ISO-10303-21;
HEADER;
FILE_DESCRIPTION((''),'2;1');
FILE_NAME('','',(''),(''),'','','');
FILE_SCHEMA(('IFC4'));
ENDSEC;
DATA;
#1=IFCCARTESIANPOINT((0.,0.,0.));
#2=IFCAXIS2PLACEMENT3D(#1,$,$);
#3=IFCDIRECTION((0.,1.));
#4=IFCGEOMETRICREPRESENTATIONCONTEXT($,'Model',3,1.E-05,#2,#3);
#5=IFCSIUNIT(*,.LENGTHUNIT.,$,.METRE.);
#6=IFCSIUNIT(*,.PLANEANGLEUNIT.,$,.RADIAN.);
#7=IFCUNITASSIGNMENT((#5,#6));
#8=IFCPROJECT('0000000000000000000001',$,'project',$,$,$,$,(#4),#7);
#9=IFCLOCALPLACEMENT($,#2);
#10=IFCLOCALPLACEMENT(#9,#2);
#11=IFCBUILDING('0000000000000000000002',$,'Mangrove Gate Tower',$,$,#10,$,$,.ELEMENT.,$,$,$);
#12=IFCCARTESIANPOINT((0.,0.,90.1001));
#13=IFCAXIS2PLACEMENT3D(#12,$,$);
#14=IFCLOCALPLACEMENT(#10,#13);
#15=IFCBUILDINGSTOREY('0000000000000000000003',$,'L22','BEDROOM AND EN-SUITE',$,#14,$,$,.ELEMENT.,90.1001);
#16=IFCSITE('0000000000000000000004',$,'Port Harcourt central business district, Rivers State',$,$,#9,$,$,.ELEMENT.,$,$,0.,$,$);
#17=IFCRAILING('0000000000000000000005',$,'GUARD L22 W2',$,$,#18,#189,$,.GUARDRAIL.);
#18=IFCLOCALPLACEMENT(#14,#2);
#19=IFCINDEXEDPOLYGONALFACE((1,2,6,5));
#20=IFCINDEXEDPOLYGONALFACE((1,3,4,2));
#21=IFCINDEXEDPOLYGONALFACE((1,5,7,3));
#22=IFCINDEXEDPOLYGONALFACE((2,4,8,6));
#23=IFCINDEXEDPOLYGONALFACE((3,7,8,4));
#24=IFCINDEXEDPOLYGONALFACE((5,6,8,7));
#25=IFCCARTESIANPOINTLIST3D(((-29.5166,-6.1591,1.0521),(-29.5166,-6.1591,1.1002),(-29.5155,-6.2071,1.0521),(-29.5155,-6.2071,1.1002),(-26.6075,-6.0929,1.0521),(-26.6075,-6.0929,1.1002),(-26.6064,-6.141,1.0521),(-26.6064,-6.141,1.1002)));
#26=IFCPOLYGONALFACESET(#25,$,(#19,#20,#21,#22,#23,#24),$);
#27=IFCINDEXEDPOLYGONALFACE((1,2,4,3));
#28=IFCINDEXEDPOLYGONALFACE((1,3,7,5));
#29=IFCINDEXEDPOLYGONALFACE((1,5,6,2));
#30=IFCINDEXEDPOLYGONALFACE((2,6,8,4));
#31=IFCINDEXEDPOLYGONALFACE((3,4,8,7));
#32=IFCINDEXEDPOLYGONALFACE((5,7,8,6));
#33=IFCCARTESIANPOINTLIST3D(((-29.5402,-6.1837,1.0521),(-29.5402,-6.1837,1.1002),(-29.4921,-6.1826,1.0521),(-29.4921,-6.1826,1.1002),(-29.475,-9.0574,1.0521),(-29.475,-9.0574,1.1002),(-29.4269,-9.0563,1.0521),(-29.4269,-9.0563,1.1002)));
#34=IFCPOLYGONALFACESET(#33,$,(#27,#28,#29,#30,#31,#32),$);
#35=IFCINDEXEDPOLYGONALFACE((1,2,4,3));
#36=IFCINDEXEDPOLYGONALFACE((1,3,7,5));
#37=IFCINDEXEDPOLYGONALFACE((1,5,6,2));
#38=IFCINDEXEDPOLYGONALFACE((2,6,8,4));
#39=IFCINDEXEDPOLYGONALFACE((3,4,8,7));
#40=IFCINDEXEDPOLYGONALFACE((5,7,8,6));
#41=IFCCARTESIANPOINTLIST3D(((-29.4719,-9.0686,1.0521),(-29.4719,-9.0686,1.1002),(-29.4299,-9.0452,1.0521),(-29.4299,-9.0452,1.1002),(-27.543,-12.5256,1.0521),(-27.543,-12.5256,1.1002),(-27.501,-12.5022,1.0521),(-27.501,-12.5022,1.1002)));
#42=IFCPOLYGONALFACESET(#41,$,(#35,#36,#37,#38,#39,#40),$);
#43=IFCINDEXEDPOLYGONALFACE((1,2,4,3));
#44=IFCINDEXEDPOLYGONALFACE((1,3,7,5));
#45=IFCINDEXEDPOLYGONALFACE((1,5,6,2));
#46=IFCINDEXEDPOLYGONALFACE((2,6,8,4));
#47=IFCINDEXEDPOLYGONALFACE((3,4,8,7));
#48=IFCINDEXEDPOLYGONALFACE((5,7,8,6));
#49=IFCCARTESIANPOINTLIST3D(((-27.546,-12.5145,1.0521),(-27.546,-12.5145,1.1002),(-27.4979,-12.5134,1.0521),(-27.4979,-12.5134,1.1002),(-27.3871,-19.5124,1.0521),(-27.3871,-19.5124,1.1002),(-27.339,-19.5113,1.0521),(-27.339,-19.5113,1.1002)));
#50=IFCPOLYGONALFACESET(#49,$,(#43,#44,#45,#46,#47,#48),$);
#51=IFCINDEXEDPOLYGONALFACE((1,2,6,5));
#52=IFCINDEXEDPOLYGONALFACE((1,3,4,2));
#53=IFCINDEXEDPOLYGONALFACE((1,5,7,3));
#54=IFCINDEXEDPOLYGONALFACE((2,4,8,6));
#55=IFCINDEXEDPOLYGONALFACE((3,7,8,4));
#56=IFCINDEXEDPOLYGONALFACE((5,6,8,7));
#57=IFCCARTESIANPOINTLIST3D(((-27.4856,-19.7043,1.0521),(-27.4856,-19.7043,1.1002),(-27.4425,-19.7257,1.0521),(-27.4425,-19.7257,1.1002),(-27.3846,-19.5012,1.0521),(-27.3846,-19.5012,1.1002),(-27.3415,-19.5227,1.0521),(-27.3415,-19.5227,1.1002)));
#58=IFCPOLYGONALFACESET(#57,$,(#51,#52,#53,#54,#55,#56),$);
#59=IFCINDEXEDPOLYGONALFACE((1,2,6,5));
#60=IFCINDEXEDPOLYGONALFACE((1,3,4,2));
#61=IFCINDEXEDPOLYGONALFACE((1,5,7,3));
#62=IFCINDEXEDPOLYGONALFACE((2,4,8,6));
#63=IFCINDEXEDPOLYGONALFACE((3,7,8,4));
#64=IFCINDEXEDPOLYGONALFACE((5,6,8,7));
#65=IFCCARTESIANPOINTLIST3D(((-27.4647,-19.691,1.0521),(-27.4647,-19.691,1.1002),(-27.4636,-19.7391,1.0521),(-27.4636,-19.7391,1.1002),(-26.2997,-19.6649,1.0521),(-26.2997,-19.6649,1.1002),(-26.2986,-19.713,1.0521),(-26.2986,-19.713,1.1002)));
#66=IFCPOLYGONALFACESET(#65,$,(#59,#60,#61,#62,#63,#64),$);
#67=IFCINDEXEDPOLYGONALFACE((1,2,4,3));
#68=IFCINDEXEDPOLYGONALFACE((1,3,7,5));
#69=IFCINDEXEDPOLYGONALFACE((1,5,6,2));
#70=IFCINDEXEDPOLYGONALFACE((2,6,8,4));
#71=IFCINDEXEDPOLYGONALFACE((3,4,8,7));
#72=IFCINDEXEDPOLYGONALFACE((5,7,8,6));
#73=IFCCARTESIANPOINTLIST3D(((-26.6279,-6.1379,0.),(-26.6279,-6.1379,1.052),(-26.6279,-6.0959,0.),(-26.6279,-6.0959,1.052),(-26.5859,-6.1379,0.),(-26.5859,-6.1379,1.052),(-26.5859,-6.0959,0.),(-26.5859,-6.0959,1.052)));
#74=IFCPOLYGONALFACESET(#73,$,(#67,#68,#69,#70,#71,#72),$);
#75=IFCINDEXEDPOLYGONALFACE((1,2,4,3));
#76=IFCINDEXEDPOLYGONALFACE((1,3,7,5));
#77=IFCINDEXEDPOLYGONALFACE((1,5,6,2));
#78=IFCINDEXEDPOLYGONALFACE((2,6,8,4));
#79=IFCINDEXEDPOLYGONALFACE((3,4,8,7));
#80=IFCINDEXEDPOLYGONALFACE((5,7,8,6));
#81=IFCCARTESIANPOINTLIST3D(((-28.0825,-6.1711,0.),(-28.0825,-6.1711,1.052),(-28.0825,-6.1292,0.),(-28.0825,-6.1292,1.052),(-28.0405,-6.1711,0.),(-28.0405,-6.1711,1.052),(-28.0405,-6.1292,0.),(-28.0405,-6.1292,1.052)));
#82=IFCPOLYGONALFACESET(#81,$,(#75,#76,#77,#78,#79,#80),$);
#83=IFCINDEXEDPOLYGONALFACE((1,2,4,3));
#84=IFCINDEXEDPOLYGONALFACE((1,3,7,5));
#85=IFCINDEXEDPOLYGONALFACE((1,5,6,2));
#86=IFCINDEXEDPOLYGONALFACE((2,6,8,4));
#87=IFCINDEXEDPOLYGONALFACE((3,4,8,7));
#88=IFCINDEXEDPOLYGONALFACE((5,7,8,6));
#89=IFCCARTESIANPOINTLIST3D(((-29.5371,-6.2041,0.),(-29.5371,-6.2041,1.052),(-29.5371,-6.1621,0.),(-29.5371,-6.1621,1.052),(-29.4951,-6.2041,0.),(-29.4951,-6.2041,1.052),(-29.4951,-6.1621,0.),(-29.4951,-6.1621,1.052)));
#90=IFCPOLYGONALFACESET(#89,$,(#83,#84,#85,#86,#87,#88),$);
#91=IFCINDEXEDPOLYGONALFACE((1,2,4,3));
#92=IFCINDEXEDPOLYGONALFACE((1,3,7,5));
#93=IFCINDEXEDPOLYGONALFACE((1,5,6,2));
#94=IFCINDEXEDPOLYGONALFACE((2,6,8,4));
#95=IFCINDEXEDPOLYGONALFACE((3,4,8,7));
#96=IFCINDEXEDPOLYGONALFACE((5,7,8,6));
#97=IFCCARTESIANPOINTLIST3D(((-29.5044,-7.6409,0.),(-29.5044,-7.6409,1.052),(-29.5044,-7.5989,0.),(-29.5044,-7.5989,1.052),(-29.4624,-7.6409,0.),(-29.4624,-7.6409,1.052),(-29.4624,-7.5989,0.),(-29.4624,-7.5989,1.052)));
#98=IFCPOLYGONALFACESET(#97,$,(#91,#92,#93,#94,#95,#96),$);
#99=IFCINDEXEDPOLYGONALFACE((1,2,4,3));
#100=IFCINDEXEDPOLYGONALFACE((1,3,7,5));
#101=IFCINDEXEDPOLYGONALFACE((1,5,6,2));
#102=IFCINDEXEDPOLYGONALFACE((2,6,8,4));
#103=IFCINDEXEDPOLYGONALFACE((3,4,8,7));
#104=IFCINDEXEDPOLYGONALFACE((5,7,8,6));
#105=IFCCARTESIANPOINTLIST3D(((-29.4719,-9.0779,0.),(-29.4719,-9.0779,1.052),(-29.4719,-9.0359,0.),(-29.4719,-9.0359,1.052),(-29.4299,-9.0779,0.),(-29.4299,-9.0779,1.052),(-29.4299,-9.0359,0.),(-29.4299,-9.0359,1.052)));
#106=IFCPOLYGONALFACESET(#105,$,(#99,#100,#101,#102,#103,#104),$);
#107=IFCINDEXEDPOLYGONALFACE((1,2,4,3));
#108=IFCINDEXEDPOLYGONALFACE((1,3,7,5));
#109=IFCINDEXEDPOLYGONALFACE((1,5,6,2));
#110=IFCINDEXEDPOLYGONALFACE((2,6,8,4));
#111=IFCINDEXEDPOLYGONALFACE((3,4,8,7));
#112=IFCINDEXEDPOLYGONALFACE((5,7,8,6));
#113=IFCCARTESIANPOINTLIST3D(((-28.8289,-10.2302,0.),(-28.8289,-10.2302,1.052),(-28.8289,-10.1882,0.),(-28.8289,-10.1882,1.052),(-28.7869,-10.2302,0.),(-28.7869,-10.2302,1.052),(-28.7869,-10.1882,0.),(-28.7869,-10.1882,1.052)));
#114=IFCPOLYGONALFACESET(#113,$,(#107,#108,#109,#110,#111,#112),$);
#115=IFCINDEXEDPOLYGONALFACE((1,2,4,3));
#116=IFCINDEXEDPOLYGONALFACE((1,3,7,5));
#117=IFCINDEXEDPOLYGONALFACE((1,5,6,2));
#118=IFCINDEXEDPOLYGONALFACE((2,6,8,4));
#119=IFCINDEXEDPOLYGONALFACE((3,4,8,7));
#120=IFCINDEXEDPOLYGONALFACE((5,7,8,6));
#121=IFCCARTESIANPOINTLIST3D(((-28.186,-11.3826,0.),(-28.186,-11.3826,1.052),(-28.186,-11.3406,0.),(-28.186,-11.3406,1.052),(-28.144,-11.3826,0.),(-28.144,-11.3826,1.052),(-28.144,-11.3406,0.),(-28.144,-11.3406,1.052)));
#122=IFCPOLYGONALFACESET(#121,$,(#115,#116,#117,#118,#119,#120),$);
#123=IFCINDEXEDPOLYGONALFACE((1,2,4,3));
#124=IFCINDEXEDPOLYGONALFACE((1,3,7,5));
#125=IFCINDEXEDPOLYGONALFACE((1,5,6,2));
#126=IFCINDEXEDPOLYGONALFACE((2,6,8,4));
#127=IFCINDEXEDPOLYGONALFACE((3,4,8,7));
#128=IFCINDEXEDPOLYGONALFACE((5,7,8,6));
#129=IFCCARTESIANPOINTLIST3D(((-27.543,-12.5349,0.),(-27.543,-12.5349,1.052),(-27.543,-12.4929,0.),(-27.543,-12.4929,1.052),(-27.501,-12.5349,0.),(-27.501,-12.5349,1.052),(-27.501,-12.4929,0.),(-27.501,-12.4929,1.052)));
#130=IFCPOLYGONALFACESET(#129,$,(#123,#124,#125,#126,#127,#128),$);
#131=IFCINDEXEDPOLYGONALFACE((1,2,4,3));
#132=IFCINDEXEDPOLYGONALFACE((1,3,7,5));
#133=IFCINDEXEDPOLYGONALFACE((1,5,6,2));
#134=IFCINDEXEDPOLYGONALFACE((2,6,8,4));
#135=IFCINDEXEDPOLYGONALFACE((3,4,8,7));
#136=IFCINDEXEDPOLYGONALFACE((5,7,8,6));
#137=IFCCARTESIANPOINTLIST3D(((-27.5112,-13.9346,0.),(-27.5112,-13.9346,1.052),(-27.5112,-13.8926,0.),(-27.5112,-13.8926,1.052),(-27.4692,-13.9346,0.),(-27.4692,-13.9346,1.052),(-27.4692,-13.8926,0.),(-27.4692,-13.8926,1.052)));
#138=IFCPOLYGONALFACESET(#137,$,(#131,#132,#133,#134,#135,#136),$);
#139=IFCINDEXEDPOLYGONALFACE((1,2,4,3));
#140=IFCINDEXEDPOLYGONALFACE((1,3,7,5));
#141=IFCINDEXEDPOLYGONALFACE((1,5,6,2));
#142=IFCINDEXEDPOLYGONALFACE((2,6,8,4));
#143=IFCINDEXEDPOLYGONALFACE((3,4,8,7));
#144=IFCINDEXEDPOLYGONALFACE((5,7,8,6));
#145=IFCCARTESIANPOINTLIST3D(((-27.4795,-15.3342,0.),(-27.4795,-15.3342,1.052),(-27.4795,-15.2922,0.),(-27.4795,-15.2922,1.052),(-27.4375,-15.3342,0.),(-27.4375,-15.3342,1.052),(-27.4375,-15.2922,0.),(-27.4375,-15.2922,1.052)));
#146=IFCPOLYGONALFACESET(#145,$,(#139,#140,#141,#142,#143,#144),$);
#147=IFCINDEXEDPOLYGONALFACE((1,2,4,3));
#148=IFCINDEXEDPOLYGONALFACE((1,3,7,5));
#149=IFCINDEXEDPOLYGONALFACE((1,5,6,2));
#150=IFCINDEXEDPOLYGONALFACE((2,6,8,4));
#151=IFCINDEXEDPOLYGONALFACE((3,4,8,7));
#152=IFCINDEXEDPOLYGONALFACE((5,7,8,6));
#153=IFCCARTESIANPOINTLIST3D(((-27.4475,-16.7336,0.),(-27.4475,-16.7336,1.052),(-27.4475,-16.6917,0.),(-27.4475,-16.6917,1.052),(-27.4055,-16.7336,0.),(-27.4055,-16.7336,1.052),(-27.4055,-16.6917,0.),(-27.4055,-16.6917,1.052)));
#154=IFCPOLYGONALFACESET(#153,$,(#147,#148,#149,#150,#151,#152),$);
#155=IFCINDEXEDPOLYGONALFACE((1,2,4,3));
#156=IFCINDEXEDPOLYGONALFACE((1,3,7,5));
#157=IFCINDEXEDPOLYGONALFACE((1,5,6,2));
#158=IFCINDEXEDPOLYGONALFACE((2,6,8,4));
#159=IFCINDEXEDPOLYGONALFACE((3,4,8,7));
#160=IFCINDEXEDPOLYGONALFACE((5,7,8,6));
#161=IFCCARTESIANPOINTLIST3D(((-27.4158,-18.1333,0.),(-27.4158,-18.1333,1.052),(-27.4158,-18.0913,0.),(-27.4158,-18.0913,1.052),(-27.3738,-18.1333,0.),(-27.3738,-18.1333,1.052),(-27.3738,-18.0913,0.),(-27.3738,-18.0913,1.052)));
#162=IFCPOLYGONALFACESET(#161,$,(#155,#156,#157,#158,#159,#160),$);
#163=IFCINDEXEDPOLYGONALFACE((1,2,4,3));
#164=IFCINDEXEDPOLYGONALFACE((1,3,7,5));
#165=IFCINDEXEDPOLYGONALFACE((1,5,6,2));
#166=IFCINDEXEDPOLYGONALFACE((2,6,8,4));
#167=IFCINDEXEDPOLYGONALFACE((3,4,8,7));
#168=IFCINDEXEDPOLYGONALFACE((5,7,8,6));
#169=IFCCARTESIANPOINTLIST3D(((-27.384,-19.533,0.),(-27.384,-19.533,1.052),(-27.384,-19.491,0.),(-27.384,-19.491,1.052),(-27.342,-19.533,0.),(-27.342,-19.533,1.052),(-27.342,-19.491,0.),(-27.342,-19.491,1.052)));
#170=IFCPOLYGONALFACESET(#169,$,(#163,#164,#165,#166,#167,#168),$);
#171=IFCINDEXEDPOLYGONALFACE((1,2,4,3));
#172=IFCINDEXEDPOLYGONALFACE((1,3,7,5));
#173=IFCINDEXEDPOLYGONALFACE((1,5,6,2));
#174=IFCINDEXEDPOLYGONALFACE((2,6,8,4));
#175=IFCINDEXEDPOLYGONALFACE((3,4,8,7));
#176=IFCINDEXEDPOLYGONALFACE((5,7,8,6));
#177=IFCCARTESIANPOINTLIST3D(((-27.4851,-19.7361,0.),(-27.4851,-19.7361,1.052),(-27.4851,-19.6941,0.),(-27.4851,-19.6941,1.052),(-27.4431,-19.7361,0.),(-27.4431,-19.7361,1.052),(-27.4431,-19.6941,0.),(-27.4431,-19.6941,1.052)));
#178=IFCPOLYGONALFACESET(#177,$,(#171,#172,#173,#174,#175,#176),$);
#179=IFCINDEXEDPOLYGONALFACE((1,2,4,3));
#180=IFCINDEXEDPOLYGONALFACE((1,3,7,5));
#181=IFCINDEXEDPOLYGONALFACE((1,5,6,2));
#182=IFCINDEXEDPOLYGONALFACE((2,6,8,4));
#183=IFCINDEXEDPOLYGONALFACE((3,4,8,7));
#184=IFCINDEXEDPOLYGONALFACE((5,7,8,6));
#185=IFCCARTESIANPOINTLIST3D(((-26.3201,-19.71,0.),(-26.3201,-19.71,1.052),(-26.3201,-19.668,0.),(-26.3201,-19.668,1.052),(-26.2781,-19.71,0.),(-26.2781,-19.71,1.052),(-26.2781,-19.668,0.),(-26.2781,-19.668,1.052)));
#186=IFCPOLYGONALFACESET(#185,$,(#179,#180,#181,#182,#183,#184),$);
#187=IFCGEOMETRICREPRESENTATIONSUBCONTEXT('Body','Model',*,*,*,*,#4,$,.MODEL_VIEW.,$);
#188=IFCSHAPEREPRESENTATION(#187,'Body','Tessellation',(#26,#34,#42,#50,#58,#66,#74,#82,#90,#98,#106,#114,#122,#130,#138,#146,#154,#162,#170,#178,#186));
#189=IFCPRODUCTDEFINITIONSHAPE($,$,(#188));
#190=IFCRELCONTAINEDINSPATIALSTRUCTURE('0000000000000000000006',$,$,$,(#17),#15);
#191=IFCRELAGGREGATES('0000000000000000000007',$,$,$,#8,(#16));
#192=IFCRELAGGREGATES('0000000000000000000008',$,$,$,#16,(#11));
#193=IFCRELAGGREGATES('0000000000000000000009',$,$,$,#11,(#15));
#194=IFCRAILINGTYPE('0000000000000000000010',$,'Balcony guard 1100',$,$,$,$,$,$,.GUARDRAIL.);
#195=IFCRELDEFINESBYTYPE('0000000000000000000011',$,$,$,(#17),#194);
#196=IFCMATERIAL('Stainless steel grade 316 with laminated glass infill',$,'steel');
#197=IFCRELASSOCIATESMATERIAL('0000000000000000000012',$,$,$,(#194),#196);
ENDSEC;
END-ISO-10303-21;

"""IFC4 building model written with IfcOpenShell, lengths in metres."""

from ifc_helpers import new_model, si_unit, direction, frame, origin, origin_2d, place, context, subcontext, project, spatial, rectangle, extrude, material, type_object, element, save


model = new_model("IFC4")

# Units and contexts
model_context = context("Model", 3, precision=1e-05, world=origin(), true_north=direction((0.0, 1.0)))
body_context = subcontext(model_context, "Body", "Model", "MODEL_VIEW")
ifc_project = project(units=[si_unit("LENGTHUNIT", "METRE"), si_unit("PLANEANGLEUNIT", "RADIAN")], contexts=[model_context])

# Site, building, storey
site_placement = place(None, origin())
site = spatial("IfcSite", under=ifc_project, at=site_placement, Name="Port Harcourt central business district, Rivers State", CompositionType="ELEMENT", RefElevation=0.0)
building_placement = place(site_placement, origin())
building = spatial("IfcBuilding", under=site, at=building_placement, Name="Mangrove Gate Tower", CompositionType="ELEMENT")
storey_placement = place(building_placement, frame((0.0, 0.0, 90.1001)))
storey = spatial("IfcBuildingStorey", under=building, at=storey_placement, Name="L22", Description="BEDROOM AND EN-SUITE", CompositionType="ELEMENT", Elevation=90.1001)

# Railing
ifc_material_1 = material(Name="Stainless steel grade 316 with laminated glass infill", Category="steel")
railing_type = type_object("IfcRailingType", Name="Balcony guard 1100", PredefinedType="GUARDRAIL", material=ifc_material_1)
railing_placement = place(storey_placement, frame((-26.6069, -6.1169, 0.0)))
element("IfcRailing", 1, at=railing_placement, inside=storey, type_object=railing_type, Name="GUARD L22 W2", PredefinedType="GUARDRAIL", context=body_context, shape_type="SweptSolid", body=[
    extrude(rectangle(XDim=0.0481, YDim=0.0481, at=origin_2d()), frame((0.0, 0.0, 1.0762), z_axis=(-0.999741, -0.022737, 0.0), x_axis=(0.022737, -0.999741, 0.0)), (0.0, 0.0, 1.0), 2.9099),
    extrude(rectangle(XDim=0.0481, YDim=0.0481, at=origin_2d()), frame((-2.9092, -0.0662, 1.0762), z_axis=(0.022677, -0.999743, 0.0), x_axis=(0.999743, 0.022677, 0.0)), (0.0, 0.0, 1.0), 2.8745),
    extrude(rectangle(XDim=0.0481, YDim=0.0481, at=origin_2d()), frame((-2.844, -2.9399, 1.0762), z_axis=(0.48726, -0.873257, 0.0), x_axis=(0.873257, 0.48726, 0.0)), (0.0, 0.0, 1.0), 3.9587),
    extrude(rectangle(XDim=0.0481, YDim=0.0481, at=origin_2d()), frame((-0.915, -6.397, 1.0762), z_axis=(0.022706, -0.999742, 0.0), x_axis=(0.999742, 0.022706, 0.0)), (0.0, 0.0, 1.0), 6.9998),
    extrude(rectangle(XDim=0.0481, YDim=0.0481, at=origin_2d()), frame((-0.7561, -13.395, 1.0762), z_axis=(-0.445491, -0.895286, 0.0), x_axis=(0.895286, -0.445491, 0.0)), (0.0, 0.0, 1.0), 0.2268),
    extrude(rectangle(XDim=0.0481, YDim=0.0481, at=origin_2d()), frame((-0.8572, -13.5981, 1.0762), z_axis=(0.999749, 0.022417, 0.0), x_axis=(-0.022417, 0.999749, 0.0)), (0.0, 0.0, 1.0), 1.1653),
    extrude(rectangle(XDim=0.042, YDim=0.042, at=origin_2d()), origin(), (0.0, 0.0, 1.0), 1.052),
    extrude(rectangle(XDim=0.042, YDim=0.042, at=origin_2d()), frame((-1.4546, -0.0332, 0.0)), (0.0, 0.0, 1.0), 1.052),
    extrude(rectangle(XDim=0.042, YDim=0.042, at=origin_2d()), frame((-2.9092, -0.0662, 0.0)), (0.0, 0.0, 1.0), 1.052),
    extrude(rectangle(XDim=0.042, YDim=0.042, at=origin_2d()), frame((-2.8765, -1.5029, 0.0)), (0.0, 0.0, 1.0), 1.052),
    extrude(rectangle(XDim=0.042, YDim=0.042, at=origin_2d()), frame((-2.844, -2.9399, 0.0)), (0.0, 0.0, 1.0), 1.052),
    extrude(rectangle(XDim=0.042, YDim=0.042, at=origin_2d()), frame((-2.2009, -4.0923, 0.0)), (0.0, 0.0, 1.0), 1.052),
    extrude(rectangle(XDim=0.042, YDim=0.042, at=origin_2d()), frame((-1.5581, -5.2446, 0.0)), (0.0, 0.0, 1.0), 1.052),
    extrude(rectangle(XDim=0.042, YDim=0.042, at=origin_2d()), frame((-0.915, -6.397, 0.0)), (0.0, 0.0, 1.0), 1.052),
    extrude(rectangle(XDim=0.042, YDim=0.042, at=origin_2d()), frame((-0.8833, -7.7966, 0.0)), (0.0, 0.0, 1.0), 1.052),
    extrude(rectangle(XDim=0.042, YDim=0.042, at=origin_2d()), frame((-0.8516, -9.1963, 0.0)), (0.0, 0.0, 1.0), 1.052),
    extrude(rectangle(XDim=0.042, YDim=0.042, at=origin_2d()), frame((-0.8196, -10.5957, 0.0)), (0.0, 0.0, 1.0), 1.052),
    extrude(rectangle(XDim=0.042, YDim=0.042, at=origin_2d()), frame((-0.7878, -11.9954, 0.0)), (0.0, 0.0, 1.0), 1.052),
    extrude(rectangle(XDim=0.042, YDim=0.042, at=origin_2d()), frame((-0.7561, -13.395, 0.0)), (0.0, 0.0, 1.0), 1.052),
    extrude(rectangle(XDim=0.042, YDim=0.042, at=origin_2d()), frame((-0.8572, -13.5981, 0.0)), (0.0, 0.0, 1.0), 1.052),
    extrude(rectangle(XDim=0.042, YDim=0.042, at=origin_2d()), frame((0.3079, -13.572, 0.0)), (0.0, 0.0, 1.0), 1.052),
])

save(model, "model.ifc")
